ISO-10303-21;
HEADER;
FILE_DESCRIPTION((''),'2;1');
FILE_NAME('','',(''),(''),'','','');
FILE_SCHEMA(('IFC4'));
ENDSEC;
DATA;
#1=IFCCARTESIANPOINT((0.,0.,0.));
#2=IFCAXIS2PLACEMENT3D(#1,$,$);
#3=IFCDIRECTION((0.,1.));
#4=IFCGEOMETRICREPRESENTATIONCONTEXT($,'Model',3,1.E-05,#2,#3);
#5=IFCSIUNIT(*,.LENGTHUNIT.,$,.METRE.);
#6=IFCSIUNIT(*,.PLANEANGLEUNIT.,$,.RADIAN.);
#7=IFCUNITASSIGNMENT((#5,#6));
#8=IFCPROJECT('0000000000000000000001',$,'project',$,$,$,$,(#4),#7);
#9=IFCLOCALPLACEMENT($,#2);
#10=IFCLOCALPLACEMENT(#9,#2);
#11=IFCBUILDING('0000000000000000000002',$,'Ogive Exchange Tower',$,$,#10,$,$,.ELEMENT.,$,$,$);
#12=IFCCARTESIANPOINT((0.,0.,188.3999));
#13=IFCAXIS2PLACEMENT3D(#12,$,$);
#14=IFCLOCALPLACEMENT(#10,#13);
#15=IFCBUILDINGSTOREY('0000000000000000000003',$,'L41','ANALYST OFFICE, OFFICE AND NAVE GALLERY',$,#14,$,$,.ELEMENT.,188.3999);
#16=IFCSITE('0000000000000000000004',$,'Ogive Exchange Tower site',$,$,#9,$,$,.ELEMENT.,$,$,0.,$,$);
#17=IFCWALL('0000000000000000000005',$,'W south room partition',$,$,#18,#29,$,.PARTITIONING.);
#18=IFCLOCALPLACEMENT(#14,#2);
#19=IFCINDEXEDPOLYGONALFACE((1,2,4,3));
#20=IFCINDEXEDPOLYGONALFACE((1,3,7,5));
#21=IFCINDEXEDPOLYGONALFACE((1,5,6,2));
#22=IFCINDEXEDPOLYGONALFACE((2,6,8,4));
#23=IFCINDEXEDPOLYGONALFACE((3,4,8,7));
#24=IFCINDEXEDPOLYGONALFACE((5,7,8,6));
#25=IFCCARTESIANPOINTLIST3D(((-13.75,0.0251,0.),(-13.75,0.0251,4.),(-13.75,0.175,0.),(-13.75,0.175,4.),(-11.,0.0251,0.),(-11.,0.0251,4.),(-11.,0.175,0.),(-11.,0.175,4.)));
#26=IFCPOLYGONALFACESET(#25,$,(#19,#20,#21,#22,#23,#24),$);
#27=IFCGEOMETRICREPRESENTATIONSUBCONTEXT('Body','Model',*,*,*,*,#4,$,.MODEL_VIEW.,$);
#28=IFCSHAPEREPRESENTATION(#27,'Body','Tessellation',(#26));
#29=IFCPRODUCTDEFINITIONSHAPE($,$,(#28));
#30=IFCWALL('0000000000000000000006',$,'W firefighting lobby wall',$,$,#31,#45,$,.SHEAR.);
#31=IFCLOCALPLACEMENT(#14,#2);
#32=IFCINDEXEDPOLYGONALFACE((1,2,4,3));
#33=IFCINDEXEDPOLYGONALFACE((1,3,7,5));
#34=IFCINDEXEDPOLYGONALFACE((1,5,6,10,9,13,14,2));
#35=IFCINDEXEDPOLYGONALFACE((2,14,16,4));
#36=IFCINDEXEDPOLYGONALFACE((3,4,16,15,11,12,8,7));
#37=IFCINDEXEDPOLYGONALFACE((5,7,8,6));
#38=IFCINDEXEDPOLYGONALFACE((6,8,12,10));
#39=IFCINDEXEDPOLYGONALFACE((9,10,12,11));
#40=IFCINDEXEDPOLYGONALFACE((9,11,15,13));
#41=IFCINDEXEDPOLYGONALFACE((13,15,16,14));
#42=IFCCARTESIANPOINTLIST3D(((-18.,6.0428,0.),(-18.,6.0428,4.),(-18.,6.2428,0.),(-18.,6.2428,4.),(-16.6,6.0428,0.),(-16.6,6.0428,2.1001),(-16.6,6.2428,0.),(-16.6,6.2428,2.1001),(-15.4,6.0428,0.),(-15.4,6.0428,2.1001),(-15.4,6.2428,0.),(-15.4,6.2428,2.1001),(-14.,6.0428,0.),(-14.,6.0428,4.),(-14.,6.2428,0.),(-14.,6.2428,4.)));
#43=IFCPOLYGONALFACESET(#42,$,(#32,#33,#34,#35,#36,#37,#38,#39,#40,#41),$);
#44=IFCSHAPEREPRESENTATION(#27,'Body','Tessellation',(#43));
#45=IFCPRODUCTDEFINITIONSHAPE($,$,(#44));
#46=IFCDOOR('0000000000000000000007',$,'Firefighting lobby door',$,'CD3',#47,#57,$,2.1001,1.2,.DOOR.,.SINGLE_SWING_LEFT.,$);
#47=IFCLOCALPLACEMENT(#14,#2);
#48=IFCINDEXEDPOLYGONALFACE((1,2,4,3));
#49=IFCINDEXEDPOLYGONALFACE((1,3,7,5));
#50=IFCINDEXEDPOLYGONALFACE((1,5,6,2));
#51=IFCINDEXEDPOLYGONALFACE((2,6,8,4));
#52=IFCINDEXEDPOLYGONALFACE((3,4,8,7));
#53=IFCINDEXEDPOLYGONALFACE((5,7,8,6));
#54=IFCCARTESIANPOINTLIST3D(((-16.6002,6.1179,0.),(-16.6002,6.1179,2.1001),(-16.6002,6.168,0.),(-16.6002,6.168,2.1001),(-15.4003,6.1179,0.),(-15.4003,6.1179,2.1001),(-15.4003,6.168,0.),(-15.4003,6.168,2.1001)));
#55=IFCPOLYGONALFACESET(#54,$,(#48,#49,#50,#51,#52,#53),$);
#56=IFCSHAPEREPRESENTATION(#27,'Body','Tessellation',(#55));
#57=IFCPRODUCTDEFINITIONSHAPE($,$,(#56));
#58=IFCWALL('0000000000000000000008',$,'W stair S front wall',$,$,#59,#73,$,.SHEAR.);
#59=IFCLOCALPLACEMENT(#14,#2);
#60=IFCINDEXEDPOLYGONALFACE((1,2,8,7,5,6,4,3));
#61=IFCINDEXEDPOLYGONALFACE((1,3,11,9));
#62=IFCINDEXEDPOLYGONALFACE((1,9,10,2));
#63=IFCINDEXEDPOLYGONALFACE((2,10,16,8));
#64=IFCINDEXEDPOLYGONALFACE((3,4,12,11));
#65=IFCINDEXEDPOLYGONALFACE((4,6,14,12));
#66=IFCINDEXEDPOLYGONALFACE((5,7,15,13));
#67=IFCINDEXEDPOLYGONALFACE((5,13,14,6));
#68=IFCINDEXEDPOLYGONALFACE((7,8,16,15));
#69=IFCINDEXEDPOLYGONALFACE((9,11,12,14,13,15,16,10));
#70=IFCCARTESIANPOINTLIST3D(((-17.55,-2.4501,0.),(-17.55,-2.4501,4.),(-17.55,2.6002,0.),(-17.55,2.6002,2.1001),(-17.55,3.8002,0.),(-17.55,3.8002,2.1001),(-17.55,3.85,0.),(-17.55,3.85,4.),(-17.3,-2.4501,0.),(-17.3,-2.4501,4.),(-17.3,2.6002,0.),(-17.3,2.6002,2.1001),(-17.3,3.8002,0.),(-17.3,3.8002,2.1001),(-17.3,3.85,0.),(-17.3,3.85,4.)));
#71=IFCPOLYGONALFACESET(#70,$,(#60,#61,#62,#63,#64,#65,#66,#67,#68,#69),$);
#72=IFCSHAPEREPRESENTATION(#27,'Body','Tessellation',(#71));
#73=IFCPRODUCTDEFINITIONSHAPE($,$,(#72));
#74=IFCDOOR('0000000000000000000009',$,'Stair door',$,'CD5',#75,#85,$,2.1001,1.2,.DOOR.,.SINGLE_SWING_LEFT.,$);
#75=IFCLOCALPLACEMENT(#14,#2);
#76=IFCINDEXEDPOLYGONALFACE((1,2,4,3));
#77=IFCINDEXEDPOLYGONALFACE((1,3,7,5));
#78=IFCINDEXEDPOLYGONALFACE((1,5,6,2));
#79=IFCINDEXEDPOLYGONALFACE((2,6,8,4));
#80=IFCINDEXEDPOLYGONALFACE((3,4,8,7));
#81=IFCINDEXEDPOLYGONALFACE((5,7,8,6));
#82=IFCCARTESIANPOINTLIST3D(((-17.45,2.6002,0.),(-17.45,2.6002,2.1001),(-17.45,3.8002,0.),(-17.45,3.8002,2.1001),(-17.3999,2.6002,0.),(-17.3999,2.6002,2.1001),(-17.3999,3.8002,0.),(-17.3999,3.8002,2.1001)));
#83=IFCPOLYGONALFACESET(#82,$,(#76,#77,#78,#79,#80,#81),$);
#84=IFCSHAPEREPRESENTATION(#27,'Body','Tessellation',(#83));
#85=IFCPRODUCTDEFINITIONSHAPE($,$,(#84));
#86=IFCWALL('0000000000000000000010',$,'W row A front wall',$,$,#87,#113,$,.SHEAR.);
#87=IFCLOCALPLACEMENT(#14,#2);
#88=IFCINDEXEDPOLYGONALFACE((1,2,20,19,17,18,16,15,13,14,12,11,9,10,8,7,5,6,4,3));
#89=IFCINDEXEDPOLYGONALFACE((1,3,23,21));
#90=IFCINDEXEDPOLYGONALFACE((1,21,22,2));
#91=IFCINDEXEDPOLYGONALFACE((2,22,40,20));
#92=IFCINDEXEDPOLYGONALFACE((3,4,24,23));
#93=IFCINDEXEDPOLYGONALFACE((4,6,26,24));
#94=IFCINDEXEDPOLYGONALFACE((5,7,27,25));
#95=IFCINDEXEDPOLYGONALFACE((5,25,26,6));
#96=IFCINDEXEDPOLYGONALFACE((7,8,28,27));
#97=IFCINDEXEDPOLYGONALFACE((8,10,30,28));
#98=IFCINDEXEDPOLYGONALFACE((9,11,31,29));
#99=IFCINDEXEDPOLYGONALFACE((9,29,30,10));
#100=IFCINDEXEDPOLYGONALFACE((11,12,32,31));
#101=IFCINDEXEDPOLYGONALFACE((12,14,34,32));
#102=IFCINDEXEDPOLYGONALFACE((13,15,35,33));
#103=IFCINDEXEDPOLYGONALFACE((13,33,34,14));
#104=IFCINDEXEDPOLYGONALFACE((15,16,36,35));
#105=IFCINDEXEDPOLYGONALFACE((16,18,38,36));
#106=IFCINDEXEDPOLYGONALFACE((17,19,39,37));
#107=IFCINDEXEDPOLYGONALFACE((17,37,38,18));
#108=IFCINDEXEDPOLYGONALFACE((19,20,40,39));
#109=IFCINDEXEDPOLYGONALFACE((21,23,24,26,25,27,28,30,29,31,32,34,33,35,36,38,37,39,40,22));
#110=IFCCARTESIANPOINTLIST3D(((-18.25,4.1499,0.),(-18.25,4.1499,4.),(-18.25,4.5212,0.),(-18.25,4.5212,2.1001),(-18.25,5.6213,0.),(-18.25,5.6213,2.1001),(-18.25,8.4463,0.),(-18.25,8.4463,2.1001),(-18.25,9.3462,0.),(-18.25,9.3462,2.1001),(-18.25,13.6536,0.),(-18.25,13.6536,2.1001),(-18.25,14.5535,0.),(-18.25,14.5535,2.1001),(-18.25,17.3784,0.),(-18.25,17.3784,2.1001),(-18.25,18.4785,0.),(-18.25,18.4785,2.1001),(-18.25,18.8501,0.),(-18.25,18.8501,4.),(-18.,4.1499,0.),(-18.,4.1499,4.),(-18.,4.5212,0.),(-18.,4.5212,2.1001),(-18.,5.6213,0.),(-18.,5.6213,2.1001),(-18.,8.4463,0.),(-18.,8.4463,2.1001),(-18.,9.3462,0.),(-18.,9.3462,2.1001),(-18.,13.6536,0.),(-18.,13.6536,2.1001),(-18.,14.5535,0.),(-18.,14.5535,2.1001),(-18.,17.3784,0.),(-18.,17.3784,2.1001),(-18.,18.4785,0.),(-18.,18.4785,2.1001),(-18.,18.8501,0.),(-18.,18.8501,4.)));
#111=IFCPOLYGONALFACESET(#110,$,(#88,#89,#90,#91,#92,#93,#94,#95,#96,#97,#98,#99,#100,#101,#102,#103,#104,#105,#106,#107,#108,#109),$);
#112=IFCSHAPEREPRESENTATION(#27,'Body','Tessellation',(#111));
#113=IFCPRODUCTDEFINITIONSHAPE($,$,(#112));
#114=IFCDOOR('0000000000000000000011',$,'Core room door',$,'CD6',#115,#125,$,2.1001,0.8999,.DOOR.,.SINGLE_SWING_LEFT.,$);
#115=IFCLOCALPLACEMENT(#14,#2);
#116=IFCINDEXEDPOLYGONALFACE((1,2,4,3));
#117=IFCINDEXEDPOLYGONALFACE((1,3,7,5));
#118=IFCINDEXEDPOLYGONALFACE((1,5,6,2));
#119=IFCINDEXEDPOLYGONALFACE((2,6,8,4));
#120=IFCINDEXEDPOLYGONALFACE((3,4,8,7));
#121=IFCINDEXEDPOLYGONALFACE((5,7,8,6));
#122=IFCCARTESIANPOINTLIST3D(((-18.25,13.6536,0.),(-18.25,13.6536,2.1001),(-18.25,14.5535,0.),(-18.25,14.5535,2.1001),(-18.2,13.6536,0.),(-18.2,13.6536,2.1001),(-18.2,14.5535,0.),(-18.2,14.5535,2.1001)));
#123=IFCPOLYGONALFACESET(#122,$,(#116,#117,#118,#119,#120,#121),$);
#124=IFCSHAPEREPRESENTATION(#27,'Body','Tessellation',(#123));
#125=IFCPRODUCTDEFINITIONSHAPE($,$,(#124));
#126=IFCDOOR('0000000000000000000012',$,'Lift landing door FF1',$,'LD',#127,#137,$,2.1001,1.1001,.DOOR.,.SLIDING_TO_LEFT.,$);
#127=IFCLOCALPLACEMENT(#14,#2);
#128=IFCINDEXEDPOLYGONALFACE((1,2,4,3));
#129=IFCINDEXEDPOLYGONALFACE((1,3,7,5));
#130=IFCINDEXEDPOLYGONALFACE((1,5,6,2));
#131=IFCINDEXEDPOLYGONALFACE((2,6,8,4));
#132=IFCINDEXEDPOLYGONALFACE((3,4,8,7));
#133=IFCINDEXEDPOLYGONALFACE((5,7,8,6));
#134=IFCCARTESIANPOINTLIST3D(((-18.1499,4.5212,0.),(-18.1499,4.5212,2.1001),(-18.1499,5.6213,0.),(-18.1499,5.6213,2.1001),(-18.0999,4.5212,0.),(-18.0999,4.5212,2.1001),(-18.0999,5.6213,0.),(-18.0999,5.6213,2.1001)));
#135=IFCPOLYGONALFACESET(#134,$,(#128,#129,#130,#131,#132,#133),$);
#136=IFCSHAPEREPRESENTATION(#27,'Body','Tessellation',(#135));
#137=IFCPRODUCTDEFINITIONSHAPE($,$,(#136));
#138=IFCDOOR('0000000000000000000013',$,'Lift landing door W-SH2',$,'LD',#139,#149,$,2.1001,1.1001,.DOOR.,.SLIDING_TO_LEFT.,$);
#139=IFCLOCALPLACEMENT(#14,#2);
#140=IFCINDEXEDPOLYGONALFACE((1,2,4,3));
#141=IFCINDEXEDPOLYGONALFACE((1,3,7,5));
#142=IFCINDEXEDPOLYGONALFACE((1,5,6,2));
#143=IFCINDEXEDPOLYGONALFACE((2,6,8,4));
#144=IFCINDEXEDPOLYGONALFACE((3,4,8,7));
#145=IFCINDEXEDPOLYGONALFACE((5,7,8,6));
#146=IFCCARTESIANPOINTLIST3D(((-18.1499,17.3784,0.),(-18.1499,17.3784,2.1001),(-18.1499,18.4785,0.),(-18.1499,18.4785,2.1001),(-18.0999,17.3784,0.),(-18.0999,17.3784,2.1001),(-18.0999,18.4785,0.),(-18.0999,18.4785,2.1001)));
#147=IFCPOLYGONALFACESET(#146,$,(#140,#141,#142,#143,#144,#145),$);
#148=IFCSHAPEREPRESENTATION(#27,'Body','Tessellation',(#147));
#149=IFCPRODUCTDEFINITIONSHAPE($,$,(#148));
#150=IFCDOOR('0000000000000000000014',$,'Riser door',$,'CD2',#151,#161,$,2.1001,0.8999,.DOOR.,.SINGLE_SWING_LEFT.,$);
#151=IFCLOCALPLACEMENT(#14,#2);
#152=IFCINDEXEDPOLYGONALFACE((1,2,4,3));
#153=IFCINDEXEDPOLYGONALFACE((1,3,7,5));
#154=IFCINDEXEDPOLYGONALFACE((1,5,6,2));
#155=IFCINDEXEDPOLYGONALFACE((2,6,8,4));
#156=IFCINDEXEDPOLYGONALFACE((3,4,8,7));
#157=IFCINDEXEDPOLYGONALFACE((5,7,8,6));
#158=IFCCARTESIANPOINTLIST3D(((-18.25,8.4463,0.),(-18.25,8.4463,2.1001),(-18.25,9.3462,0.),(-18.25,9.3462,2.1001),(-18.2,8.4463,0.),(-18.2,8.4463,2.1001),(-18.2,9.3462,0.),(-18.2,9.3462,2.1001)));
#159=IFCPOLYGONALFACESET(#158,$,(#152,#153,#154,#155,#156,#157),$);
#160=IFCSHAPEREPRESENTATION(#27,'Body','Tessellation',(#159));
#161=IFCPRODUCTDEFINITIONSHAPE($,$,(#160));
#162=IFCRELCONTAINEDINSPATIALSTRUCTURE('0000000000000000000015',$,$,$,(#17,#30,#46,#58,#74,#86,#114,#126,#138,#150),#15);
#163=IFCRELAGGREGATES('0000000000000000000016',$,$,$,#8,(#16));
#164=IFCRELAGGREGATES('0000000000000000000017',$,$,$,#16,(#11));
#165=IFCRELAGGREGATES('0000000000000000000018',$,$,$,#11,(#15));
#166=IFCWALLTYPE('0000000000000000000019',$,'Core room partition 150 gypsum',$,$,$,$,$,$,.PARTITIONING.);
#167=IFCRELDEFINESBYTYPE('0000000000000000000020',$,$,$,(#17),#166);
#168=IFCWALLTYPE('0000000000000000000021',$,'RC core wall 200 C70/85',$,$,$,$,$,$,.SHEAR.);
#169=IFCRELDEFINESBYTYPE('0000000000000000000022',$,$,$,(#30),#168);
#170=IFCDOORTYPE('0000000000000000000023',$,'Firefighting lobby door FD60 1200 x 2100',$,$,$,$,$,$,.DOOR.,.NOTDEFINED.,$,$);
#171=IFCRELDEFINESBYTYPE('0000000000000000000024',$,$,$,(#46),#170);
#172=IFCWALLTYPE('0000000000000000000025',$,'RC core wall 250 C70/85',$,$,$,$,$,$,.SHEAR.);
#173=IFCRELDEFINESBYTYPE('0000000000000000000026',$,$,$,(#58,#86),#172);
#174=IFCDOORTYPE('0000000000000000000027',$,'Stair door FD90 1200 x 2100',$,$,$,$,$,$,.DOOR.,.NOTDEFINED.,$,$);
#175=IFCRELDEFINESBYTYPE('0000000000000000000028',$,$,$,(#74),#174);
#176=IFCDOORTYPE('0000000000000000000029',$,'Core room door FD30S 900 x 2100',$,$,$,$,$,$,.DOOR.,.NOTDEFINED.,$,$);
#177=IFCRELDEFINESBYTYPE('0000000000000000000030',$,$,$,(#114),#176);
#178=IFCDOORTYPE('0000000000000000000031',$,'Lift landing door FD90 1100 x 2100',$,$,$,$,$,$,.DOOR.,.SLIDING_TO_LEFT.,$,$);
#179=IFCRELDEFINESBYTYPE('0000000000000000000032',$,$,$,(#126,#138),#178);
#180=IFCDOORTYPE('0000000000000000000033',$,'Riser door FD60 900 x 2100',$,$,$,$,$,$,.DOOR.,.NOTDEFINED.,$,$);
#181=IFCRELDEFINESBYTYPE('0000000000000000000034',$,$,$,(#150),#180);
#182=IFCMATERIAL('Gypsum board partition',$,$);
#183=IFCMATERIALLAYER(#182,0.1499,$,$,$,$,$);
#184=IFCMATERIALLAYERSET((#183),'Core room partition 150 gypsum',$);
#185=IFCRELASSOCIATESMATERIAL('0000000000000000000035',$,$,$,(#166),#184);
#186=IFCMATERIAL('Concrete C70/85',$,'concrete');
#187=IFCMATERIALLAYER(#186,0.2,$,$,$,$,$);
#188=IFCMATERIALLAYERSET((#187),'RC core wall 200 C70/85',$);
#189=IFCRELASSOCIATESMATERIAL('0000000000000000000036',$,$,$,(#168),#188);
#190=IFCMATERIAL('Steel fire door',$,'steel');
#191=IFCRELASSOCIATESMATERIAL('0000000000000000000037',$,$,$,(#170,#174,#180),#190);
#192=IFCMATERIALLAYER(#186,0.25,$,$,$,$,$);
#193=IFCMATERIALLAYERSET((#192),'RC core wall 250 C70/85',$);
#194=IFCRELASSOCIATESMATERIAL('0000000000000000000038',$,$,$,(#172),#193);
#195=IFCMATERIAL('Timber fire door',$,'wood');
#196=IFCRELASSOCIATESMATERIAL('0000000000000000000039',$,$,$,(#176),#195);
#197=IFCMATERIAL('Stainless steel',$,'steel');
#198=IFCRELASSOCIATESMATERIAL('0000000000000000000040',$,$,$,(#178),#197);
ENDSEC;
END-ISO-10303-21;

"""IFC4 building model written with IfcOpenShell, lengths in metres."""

from ifc_helpers import new_model, si_unit, direction, frame, frame_2d, origin, place, context, subcontext, project, spatial, rectangle, extrude, material, layer, layer_set, type_object, element, fill, save


model = new_model("IFC4")

# Units and contexts
model_context = context("Model", 3, precision=1e-05, world=origin(), true_north=direction((0.0, 1.0)))
body_context = subcontext(model_context, "Body", "Model", "MODEL_VIEW")
ifc_project = project(units=[si_unit("LENGTHUNIT", "METRE"), si_unit("PLANEANGLEUNIT", "RADIAN")], contexts=[model_context])

# Site, building, storey
site_placement = place(None, origin())
site = spatial("IfcSite", under=ifc_project, at=site_placement, Name="Ogive Exchange Tower site", CompositionType="ELEMENT", RefElevation=0.0)
building_placement = place(site_placement, origin())
building = spatial("IfcBuilding", under=site, at=building_placement, Name="Ogive Exchange Tower", CompositionType="ELEMENT")
storey_placement = place(building_placement, frame((0.0, 0.0, 188.3999)))
storey = spatial("IfcBuildingStorey", under=building, at=storey_placement, Name="L41", Description="ANALYST OFFICE, OFFICE AND NAVE GALLERY", CompositionType="ELEMENT", Elevation=188.3999)

# Wall
ifc_material_1 = material(Name="Gypsum board partition")
ifc_layer_1 = layer(ifc_material_1, 0.1499)
ifc_layer_set_1 = layer_set([ifc_layer_1], Name="Core room partition 150 gypsum")
wall_type_1 = type_object("IfcWallType", Name="Core room partition 150 gypsum", PredefinedType="PARTITIONING", material=ifc_layer_set_1)
wall_1_placement = place(storey_placement, frame((-13.75, 0.1001, 0.0), z_axis=(0.0, 0.0, 1.0), x_axis=(1.0, 0.0, 0.0)))
element("IfcWall", 1, at=wall_1_placement, inside=storey, type_object=wall_type_1, Name="W south room partition", PredefinedType="PARTITIONING", context=body_context, shape_type="SweptSolid", body=[
    extrude(rectangle(XDim=2.75, YDim=0.1499, at=frame_2d((1.375, 0.0))), origin(), (0.0, 0.0, 1.0), 4.0),
])

# Walls, openings, doors
ifc_material_2 = material(Name="Concrete C70/85", Category="concrete")
ifc_layer_2 = layer(ifc_material_2, 0.2)
ifc_layer_set_2 = layer_set([ifc_layer_2], Name="RC core wall 200 C70/85")
wall_type_2 = type_object("IfcWallType", Name="RC core wall 200 C70/85", PredefinedType="SHEAR", material=ifc_layer_set_2)
wall_2_placement = place(storey_placement, frame((-18.0, 6.1428, 0.0), z_axis=(0.0, 0.0, 1.0), x_axis=(1.0, 0.0, 0.0)))
wall_2 = element("IfcWall", 2, at=wall_2_placement, inside=storey, type_object=wall_type_2, Name="W firefighting lobby wall", PredefinedType="SHEAR", context=body_context, shape_type="SweptSolid", body=[
    extrude(rectangle(XDim=4.0, YDim=0.2, at=frame_2d((2.0, 0.0))), origin(), (0.0, 0.0, 1.0), 4.0),
])
opening_1_placement = place(wall_2_placement, frame((1.3999, 0.0, 0.0)))
opening_1 = element("IfcOpeningElement", 3, at=opening_1_placement, cuts=wall_2, PredefinedType="OPENING", context=body_context, shape_type="SweptSolid", body=[
    extrude(rectangle(XDim=1.2, YDim=2.1001, at=frame_2d((0.6001, 1.05))), frame((0.0, 0.1099, 0.0), z_axis=(0.0, -1.0, 0.0), x_axis=(1.0, 0.0, 0.0)), (0.0, 0.0, 1.0), 0.22),
])
ifc_material_3 = material(Name="Steel fire door", Category="steel")
door_type_1 = type_object("IfcDoorType", Name="Firefighting lobby door FD60 1200 x 2100", OperationType="NOTDEFINED", PredefinedType="DOOR", material=ifc_material_3)
door_1_placement = place(opening_1_placement, frame((1.2, 0.0, 0.0), z_axis=(0.0, 0.0, 1.0), x_axis=(-1.0, 0.0, 0.0)))
door_1 = element("IfcDoor", 4, at=door_1_placement, inside=storey, type_object=door_type_1, Name="Firefighting lobby door", ObjectType="CD3", OperationType="SINGLE_SWING_LEFT", OverallHeight=2.1001, OverallWidth=1.2, PredefinedType="DOOR", context=body_context, shape_type="SweptSolid", body=[
    extrude(rectangle(XDim=1.2, YDim=2.1001, at=frame_2d((0.6001, 1.05))), frame((0.0, 0.0249, 0.0), z_axis=(0.0, -1.0, 0.0), x_axis=(1.0, 0.0, 0.0)), (0.0, 0.0, 1.0), 0.05),
])
fill(opening_1, door_1)
ifc_layer_3 = layer(ifc_material_2, 0.25)
ifc_layer_set_3 = layer_set([ifc_layer_3], Name="RC core wall 250 C70/85")
wall_type_3 = type_object("IfcWallType", Name="RC core wall 250 C70/85", PredefinedType="SHEAR", material=ifc_layer_set_3)
wall_3_placement = place(storey_placement, frame((-17.425, -2.45, 0.0), z_axis=(0.0, 0.0, 1.0), x_axis=(0.0, 1.0, 0.0)))
wall_3 = element("IfcWall", 5, at=wall_3_placement, inside=storey, type_object=wall_type_3, Name="W stair S front wall", PredefinedType="SHEAR", context=body_context, shape_type="SweptSolid", body=[
    extrude(rectangle(XDim=6.3, YDim=0.25, at=frame_2d((3.1499, 0.0))), origin(), (0.0, 0.0, 1.0), 4.0),
])
opening_2_placement = place(wall_3_placement, frame((5.05, 0.0, 0.0)))
opening_2 = element("IfcOpeningElement", 6, at=opening_2_placement, cuts=wall_3, PredefinedType="OPENING", context=body_context, shape_type="SweptSolid", body=[
    extrude(rectangle(XDim=1.2, YDim=2.1001, at=frame_2d((0.6001, 1.05))), frame((0.0, 0.135, 0.0), z_axis=(0.0, -1.0, 0.0), x_axis=(1.0, 0.0, 0.0)), (0.0, 0.0, 1.0), 0.27),
])
door_type_2 = type_object("IfcDoorType", Name="Stair door FD90 1200 x 2100", OperationType="NOTDEFINED", PredefinedType="DOOR", material=ifc_material_3)
door_2_placement = place(opening_2_placement, origin())
door_2 = element("IfcDoor", 7, at=door_2_placement, inside=storey, type_object=door_type_2, Name="Stair door", ObjectType="CD5", OperationType="SINGLE_SWING_LEFT", OverallHeight=2.1001, OverallWidth=1.2, PredefinedType="DOOR", context=body_context, shape_type="SweptSolid", body=[
    extrude(rectangle(XDim=1.2, YDim=2.1001, at=frame_2d((0.6001, 1.05))), frame((0.0, 0.0249, 0.0), z_axis=(0.0, -1.0, 0.0), x_axis=(1.0, 0.0, 0.0)), (0.0, 0.0, 1.0), 0.05),
])
fill(opening_2, door_2)

# Wall, openings, doors
wall_4_placement = place(storey_placement, frame((-18.125, 4.1499, 0.0), z_axis=(0.0, 0.0, 1.0), x_axis=(0.0, 1.0, 0.0)))
wall_4 = element("IfcWall", 8, at=wall_4_placement, inside=storey, type_object=wall_type_3, Name="W row A front wall", PredefinedType="SHEAR", context=body_context, shape_type="SweptSolid", body=[
    extrude(rectangle(XDim=14.7002, YDim=0.25, at=frame_2d((7.3501, 0.0))), origin(), (0.0, 0.0, 1.0), 4.0),
])
opening_3_placement = place(wall_4_placement, frame((4.2964, 0.0, 0.0)))
opening_3 = element("IfcOpeningElement", 9, at=opening_3_placement, cuts=wall_4, PredefinedType="OPENING", context=body_context, shape_type="SweptSolid", body=[
    extrude(rectangle(XDim=0.8999, YDim=2.1001, at=frame_2d((0.45, 1.05))), frame((0.0, 0.135, 0.0), z_axis=(0.0, -1.0, 0.0), x_axis=(1.0, 0.0, 0.0)), (0.0, 0.0, 1.0), 0.27),
])
opening_4_placement = place(wall_4_placement, frame((9.5037, 0.0, 0.0)))
opening_4 = element("IfcOpeningElement", 10, at=opening_4_placement, cuts=wall_4, PredefinedType="OPENING", context=body_context, shape_type="SweptSolid", body=[
    extrude(rectangle(XDim=0.8999, YDim=2.1001, at=frame_2d((0.45, 1.05))), frame((0.0, 0.135, 0.0), z_axis=(0.0, -1.0, 0.0), x_axis=(1.0, 0.0, 0.0)), (0.0, 0.0, 1.0), 0.27),
])
opening_5_placement = place(wall_4_placement, frame((0.3713, 0.0, 0.0)))
opening_5 = element("IfcOpeningElement", 11, at=opening_5_placement, cuts=wall_4, PredefinedType="OPENING", context=body_context, shape_type="SweptSolid", body=[
    extrude(rectangle(XDim=1.1001, YDim=2.1001, at=frame_2d((0.55, 1.05))), frame((0.0, 0.135, 0.0), z_axis=(0.0, -1.0, 0.0), x_axis=(1.0, 0.0, 0.0)), (0.0, 0.0, 1.0), 0.27),
])
opening_6_placement = place(wall_4_placement, frame((13.2285, 0.0, 0.0)))
opening_6 = element("IfcOpeningElement", 12, at=opening_6_placement, cuts=wall_4, PredefinedType="OPENING", context=body_context, shape_type="SweptSolid", body=[
    extrude(rectangle(XDim=1.1001, YDim=2.1001, at=frame_2d((0.55, 1.05))), frame((0.0, 0.135, 0.0), z_axis=(0.0, -1.0, 0.0), x_axis=(1.0, 0.0, 0.0)), (0.0, 0.0, 1.0), 0.27),
])
ifc_material_4 = material(Name="Timber fire door", Category="wood")
door_type_3 = type_object("IfcDoorType", Name="Core room door FD30S 900 x 2100", OperationType="NOTDEFINED", PredefinedType="DOOR", material=ifc_material_4)
door_3_placement = place(opening_4_placement, origin())
door_3 = element("IfcDoor", 13, at=door_3_placement, inside=storey, type_object=door_type_3, Name="Core room door", ObjectType="CD6", OperationType="SINGLE_SWING_LEFT", OverallHeight=2.1001, OverallWidth=0.8999, PredefinedType="DOOR", context=body_context, shape_type="SweptSolid", body=[
    extrude(rectangle(XDim=0.8999, YDim=2.1001, at=frame_2d((0.45, 1.05))), frame((0.0, 0.125, 0.0), z_axis=(0.0, -1.0, 0.0), x_axis=(1.0, 0.0, 0.0)), (0.0, 0.0, 1.0), 0.05),
])
fill(opening_4, door_3)
ifc_material_5 = material(Name="Stainless steel", Category="steel")
door_type_4 = type_object("IfcDoorType", Name="Lift landing door FD90 1100 x 2100", OperationType="SLIDING_TO_LEFT", PredefinedType="DOOR", material=ifc_material_5)
door_4_placement = place(opening_5_placement, origin())
door_4 = element("IfcDoor", 14, at=door_4_placement, inside=storey, type_object=door_type_4, Name="Lift landing door FF1", ObjectType="LD", OperationType="SLIDING_TO_LEFT", OverallHeight=2.1001, OverallWidth=1.1001, PredefinedType="DOOR", context=body_context, shape_type="SweptSolid", body=[
    extrude(rectangle(XDim=1.1001, YDim=2.1001, at=frame_2d((0.55, 1.05))), frame((0.0, 0.0249, 0.0), z_axis=(0.0, -1.0, 0.0), x_axis=(1.0, 0.0, 0.0)), (0.0, 0.0, 1.0), 0.05),
])
fill(opening_5, door_4)
door_5_placement = place(opening_6_placement, origin())
door_5 = element("IfcDoor", 15, at=door_5_placement, inside=storey, type_object=door_type_4, Name="Lift landing door W-SH2", ObjectType="LD", OperationType="SLIDING_TO_LEFT", OverallHeight=2.1001, OverallWidth=1.1001, PredefinedType="DOOR", context=body_context, shape_type="SweptSolid", body=[
    extrude(rectangle(XDim=1.1001, YDim=2.1001, at=frame_2d((0.55, 1.05))), frame((0.0, 0.0249, 0.0), z_axis=(0.0, -1.0, 0.0), x_axis=(1.0, 0.0, 0.0)), (0.0, 0.0, 1.0), 0.05),
])
fill(opening_6, door_5)
door_type_5 = type_object("IfcDoorType", Name="Riser door FD60 900 x 2100", OperationType="NOTDEFINED", PredefinedType="DOOR", material=ifc_material_3)
door_6_placement = place(opening_3_placement, origin())
door_6 = element("IfcDoor", 16, at=door_6_placement, inside=storey, type_object=door_type_5, Name="Riser door", ObjectType="CD2", OperationType="SINGLE_SWING_LEFT", OverallHeight=2.1001, OverallWidth=0.8999, PredefinedType="DOOR", context=body_context, shape_type="SweptSolid", body=[
    extrude(rectangle(XDim=0.8999, YDim=2.1001, at=frame_2d((0.45, 1.05))), frame((0.0, 0.125, 0.0), z_axis=(0.0, -1.0, 0.0), x_axis=(1.0, 0.0, 0.0)), (0.0, 0.0, 1.0), 0.05),
])
fill(opening_3, door_6)

save(model, "model.ifc")
